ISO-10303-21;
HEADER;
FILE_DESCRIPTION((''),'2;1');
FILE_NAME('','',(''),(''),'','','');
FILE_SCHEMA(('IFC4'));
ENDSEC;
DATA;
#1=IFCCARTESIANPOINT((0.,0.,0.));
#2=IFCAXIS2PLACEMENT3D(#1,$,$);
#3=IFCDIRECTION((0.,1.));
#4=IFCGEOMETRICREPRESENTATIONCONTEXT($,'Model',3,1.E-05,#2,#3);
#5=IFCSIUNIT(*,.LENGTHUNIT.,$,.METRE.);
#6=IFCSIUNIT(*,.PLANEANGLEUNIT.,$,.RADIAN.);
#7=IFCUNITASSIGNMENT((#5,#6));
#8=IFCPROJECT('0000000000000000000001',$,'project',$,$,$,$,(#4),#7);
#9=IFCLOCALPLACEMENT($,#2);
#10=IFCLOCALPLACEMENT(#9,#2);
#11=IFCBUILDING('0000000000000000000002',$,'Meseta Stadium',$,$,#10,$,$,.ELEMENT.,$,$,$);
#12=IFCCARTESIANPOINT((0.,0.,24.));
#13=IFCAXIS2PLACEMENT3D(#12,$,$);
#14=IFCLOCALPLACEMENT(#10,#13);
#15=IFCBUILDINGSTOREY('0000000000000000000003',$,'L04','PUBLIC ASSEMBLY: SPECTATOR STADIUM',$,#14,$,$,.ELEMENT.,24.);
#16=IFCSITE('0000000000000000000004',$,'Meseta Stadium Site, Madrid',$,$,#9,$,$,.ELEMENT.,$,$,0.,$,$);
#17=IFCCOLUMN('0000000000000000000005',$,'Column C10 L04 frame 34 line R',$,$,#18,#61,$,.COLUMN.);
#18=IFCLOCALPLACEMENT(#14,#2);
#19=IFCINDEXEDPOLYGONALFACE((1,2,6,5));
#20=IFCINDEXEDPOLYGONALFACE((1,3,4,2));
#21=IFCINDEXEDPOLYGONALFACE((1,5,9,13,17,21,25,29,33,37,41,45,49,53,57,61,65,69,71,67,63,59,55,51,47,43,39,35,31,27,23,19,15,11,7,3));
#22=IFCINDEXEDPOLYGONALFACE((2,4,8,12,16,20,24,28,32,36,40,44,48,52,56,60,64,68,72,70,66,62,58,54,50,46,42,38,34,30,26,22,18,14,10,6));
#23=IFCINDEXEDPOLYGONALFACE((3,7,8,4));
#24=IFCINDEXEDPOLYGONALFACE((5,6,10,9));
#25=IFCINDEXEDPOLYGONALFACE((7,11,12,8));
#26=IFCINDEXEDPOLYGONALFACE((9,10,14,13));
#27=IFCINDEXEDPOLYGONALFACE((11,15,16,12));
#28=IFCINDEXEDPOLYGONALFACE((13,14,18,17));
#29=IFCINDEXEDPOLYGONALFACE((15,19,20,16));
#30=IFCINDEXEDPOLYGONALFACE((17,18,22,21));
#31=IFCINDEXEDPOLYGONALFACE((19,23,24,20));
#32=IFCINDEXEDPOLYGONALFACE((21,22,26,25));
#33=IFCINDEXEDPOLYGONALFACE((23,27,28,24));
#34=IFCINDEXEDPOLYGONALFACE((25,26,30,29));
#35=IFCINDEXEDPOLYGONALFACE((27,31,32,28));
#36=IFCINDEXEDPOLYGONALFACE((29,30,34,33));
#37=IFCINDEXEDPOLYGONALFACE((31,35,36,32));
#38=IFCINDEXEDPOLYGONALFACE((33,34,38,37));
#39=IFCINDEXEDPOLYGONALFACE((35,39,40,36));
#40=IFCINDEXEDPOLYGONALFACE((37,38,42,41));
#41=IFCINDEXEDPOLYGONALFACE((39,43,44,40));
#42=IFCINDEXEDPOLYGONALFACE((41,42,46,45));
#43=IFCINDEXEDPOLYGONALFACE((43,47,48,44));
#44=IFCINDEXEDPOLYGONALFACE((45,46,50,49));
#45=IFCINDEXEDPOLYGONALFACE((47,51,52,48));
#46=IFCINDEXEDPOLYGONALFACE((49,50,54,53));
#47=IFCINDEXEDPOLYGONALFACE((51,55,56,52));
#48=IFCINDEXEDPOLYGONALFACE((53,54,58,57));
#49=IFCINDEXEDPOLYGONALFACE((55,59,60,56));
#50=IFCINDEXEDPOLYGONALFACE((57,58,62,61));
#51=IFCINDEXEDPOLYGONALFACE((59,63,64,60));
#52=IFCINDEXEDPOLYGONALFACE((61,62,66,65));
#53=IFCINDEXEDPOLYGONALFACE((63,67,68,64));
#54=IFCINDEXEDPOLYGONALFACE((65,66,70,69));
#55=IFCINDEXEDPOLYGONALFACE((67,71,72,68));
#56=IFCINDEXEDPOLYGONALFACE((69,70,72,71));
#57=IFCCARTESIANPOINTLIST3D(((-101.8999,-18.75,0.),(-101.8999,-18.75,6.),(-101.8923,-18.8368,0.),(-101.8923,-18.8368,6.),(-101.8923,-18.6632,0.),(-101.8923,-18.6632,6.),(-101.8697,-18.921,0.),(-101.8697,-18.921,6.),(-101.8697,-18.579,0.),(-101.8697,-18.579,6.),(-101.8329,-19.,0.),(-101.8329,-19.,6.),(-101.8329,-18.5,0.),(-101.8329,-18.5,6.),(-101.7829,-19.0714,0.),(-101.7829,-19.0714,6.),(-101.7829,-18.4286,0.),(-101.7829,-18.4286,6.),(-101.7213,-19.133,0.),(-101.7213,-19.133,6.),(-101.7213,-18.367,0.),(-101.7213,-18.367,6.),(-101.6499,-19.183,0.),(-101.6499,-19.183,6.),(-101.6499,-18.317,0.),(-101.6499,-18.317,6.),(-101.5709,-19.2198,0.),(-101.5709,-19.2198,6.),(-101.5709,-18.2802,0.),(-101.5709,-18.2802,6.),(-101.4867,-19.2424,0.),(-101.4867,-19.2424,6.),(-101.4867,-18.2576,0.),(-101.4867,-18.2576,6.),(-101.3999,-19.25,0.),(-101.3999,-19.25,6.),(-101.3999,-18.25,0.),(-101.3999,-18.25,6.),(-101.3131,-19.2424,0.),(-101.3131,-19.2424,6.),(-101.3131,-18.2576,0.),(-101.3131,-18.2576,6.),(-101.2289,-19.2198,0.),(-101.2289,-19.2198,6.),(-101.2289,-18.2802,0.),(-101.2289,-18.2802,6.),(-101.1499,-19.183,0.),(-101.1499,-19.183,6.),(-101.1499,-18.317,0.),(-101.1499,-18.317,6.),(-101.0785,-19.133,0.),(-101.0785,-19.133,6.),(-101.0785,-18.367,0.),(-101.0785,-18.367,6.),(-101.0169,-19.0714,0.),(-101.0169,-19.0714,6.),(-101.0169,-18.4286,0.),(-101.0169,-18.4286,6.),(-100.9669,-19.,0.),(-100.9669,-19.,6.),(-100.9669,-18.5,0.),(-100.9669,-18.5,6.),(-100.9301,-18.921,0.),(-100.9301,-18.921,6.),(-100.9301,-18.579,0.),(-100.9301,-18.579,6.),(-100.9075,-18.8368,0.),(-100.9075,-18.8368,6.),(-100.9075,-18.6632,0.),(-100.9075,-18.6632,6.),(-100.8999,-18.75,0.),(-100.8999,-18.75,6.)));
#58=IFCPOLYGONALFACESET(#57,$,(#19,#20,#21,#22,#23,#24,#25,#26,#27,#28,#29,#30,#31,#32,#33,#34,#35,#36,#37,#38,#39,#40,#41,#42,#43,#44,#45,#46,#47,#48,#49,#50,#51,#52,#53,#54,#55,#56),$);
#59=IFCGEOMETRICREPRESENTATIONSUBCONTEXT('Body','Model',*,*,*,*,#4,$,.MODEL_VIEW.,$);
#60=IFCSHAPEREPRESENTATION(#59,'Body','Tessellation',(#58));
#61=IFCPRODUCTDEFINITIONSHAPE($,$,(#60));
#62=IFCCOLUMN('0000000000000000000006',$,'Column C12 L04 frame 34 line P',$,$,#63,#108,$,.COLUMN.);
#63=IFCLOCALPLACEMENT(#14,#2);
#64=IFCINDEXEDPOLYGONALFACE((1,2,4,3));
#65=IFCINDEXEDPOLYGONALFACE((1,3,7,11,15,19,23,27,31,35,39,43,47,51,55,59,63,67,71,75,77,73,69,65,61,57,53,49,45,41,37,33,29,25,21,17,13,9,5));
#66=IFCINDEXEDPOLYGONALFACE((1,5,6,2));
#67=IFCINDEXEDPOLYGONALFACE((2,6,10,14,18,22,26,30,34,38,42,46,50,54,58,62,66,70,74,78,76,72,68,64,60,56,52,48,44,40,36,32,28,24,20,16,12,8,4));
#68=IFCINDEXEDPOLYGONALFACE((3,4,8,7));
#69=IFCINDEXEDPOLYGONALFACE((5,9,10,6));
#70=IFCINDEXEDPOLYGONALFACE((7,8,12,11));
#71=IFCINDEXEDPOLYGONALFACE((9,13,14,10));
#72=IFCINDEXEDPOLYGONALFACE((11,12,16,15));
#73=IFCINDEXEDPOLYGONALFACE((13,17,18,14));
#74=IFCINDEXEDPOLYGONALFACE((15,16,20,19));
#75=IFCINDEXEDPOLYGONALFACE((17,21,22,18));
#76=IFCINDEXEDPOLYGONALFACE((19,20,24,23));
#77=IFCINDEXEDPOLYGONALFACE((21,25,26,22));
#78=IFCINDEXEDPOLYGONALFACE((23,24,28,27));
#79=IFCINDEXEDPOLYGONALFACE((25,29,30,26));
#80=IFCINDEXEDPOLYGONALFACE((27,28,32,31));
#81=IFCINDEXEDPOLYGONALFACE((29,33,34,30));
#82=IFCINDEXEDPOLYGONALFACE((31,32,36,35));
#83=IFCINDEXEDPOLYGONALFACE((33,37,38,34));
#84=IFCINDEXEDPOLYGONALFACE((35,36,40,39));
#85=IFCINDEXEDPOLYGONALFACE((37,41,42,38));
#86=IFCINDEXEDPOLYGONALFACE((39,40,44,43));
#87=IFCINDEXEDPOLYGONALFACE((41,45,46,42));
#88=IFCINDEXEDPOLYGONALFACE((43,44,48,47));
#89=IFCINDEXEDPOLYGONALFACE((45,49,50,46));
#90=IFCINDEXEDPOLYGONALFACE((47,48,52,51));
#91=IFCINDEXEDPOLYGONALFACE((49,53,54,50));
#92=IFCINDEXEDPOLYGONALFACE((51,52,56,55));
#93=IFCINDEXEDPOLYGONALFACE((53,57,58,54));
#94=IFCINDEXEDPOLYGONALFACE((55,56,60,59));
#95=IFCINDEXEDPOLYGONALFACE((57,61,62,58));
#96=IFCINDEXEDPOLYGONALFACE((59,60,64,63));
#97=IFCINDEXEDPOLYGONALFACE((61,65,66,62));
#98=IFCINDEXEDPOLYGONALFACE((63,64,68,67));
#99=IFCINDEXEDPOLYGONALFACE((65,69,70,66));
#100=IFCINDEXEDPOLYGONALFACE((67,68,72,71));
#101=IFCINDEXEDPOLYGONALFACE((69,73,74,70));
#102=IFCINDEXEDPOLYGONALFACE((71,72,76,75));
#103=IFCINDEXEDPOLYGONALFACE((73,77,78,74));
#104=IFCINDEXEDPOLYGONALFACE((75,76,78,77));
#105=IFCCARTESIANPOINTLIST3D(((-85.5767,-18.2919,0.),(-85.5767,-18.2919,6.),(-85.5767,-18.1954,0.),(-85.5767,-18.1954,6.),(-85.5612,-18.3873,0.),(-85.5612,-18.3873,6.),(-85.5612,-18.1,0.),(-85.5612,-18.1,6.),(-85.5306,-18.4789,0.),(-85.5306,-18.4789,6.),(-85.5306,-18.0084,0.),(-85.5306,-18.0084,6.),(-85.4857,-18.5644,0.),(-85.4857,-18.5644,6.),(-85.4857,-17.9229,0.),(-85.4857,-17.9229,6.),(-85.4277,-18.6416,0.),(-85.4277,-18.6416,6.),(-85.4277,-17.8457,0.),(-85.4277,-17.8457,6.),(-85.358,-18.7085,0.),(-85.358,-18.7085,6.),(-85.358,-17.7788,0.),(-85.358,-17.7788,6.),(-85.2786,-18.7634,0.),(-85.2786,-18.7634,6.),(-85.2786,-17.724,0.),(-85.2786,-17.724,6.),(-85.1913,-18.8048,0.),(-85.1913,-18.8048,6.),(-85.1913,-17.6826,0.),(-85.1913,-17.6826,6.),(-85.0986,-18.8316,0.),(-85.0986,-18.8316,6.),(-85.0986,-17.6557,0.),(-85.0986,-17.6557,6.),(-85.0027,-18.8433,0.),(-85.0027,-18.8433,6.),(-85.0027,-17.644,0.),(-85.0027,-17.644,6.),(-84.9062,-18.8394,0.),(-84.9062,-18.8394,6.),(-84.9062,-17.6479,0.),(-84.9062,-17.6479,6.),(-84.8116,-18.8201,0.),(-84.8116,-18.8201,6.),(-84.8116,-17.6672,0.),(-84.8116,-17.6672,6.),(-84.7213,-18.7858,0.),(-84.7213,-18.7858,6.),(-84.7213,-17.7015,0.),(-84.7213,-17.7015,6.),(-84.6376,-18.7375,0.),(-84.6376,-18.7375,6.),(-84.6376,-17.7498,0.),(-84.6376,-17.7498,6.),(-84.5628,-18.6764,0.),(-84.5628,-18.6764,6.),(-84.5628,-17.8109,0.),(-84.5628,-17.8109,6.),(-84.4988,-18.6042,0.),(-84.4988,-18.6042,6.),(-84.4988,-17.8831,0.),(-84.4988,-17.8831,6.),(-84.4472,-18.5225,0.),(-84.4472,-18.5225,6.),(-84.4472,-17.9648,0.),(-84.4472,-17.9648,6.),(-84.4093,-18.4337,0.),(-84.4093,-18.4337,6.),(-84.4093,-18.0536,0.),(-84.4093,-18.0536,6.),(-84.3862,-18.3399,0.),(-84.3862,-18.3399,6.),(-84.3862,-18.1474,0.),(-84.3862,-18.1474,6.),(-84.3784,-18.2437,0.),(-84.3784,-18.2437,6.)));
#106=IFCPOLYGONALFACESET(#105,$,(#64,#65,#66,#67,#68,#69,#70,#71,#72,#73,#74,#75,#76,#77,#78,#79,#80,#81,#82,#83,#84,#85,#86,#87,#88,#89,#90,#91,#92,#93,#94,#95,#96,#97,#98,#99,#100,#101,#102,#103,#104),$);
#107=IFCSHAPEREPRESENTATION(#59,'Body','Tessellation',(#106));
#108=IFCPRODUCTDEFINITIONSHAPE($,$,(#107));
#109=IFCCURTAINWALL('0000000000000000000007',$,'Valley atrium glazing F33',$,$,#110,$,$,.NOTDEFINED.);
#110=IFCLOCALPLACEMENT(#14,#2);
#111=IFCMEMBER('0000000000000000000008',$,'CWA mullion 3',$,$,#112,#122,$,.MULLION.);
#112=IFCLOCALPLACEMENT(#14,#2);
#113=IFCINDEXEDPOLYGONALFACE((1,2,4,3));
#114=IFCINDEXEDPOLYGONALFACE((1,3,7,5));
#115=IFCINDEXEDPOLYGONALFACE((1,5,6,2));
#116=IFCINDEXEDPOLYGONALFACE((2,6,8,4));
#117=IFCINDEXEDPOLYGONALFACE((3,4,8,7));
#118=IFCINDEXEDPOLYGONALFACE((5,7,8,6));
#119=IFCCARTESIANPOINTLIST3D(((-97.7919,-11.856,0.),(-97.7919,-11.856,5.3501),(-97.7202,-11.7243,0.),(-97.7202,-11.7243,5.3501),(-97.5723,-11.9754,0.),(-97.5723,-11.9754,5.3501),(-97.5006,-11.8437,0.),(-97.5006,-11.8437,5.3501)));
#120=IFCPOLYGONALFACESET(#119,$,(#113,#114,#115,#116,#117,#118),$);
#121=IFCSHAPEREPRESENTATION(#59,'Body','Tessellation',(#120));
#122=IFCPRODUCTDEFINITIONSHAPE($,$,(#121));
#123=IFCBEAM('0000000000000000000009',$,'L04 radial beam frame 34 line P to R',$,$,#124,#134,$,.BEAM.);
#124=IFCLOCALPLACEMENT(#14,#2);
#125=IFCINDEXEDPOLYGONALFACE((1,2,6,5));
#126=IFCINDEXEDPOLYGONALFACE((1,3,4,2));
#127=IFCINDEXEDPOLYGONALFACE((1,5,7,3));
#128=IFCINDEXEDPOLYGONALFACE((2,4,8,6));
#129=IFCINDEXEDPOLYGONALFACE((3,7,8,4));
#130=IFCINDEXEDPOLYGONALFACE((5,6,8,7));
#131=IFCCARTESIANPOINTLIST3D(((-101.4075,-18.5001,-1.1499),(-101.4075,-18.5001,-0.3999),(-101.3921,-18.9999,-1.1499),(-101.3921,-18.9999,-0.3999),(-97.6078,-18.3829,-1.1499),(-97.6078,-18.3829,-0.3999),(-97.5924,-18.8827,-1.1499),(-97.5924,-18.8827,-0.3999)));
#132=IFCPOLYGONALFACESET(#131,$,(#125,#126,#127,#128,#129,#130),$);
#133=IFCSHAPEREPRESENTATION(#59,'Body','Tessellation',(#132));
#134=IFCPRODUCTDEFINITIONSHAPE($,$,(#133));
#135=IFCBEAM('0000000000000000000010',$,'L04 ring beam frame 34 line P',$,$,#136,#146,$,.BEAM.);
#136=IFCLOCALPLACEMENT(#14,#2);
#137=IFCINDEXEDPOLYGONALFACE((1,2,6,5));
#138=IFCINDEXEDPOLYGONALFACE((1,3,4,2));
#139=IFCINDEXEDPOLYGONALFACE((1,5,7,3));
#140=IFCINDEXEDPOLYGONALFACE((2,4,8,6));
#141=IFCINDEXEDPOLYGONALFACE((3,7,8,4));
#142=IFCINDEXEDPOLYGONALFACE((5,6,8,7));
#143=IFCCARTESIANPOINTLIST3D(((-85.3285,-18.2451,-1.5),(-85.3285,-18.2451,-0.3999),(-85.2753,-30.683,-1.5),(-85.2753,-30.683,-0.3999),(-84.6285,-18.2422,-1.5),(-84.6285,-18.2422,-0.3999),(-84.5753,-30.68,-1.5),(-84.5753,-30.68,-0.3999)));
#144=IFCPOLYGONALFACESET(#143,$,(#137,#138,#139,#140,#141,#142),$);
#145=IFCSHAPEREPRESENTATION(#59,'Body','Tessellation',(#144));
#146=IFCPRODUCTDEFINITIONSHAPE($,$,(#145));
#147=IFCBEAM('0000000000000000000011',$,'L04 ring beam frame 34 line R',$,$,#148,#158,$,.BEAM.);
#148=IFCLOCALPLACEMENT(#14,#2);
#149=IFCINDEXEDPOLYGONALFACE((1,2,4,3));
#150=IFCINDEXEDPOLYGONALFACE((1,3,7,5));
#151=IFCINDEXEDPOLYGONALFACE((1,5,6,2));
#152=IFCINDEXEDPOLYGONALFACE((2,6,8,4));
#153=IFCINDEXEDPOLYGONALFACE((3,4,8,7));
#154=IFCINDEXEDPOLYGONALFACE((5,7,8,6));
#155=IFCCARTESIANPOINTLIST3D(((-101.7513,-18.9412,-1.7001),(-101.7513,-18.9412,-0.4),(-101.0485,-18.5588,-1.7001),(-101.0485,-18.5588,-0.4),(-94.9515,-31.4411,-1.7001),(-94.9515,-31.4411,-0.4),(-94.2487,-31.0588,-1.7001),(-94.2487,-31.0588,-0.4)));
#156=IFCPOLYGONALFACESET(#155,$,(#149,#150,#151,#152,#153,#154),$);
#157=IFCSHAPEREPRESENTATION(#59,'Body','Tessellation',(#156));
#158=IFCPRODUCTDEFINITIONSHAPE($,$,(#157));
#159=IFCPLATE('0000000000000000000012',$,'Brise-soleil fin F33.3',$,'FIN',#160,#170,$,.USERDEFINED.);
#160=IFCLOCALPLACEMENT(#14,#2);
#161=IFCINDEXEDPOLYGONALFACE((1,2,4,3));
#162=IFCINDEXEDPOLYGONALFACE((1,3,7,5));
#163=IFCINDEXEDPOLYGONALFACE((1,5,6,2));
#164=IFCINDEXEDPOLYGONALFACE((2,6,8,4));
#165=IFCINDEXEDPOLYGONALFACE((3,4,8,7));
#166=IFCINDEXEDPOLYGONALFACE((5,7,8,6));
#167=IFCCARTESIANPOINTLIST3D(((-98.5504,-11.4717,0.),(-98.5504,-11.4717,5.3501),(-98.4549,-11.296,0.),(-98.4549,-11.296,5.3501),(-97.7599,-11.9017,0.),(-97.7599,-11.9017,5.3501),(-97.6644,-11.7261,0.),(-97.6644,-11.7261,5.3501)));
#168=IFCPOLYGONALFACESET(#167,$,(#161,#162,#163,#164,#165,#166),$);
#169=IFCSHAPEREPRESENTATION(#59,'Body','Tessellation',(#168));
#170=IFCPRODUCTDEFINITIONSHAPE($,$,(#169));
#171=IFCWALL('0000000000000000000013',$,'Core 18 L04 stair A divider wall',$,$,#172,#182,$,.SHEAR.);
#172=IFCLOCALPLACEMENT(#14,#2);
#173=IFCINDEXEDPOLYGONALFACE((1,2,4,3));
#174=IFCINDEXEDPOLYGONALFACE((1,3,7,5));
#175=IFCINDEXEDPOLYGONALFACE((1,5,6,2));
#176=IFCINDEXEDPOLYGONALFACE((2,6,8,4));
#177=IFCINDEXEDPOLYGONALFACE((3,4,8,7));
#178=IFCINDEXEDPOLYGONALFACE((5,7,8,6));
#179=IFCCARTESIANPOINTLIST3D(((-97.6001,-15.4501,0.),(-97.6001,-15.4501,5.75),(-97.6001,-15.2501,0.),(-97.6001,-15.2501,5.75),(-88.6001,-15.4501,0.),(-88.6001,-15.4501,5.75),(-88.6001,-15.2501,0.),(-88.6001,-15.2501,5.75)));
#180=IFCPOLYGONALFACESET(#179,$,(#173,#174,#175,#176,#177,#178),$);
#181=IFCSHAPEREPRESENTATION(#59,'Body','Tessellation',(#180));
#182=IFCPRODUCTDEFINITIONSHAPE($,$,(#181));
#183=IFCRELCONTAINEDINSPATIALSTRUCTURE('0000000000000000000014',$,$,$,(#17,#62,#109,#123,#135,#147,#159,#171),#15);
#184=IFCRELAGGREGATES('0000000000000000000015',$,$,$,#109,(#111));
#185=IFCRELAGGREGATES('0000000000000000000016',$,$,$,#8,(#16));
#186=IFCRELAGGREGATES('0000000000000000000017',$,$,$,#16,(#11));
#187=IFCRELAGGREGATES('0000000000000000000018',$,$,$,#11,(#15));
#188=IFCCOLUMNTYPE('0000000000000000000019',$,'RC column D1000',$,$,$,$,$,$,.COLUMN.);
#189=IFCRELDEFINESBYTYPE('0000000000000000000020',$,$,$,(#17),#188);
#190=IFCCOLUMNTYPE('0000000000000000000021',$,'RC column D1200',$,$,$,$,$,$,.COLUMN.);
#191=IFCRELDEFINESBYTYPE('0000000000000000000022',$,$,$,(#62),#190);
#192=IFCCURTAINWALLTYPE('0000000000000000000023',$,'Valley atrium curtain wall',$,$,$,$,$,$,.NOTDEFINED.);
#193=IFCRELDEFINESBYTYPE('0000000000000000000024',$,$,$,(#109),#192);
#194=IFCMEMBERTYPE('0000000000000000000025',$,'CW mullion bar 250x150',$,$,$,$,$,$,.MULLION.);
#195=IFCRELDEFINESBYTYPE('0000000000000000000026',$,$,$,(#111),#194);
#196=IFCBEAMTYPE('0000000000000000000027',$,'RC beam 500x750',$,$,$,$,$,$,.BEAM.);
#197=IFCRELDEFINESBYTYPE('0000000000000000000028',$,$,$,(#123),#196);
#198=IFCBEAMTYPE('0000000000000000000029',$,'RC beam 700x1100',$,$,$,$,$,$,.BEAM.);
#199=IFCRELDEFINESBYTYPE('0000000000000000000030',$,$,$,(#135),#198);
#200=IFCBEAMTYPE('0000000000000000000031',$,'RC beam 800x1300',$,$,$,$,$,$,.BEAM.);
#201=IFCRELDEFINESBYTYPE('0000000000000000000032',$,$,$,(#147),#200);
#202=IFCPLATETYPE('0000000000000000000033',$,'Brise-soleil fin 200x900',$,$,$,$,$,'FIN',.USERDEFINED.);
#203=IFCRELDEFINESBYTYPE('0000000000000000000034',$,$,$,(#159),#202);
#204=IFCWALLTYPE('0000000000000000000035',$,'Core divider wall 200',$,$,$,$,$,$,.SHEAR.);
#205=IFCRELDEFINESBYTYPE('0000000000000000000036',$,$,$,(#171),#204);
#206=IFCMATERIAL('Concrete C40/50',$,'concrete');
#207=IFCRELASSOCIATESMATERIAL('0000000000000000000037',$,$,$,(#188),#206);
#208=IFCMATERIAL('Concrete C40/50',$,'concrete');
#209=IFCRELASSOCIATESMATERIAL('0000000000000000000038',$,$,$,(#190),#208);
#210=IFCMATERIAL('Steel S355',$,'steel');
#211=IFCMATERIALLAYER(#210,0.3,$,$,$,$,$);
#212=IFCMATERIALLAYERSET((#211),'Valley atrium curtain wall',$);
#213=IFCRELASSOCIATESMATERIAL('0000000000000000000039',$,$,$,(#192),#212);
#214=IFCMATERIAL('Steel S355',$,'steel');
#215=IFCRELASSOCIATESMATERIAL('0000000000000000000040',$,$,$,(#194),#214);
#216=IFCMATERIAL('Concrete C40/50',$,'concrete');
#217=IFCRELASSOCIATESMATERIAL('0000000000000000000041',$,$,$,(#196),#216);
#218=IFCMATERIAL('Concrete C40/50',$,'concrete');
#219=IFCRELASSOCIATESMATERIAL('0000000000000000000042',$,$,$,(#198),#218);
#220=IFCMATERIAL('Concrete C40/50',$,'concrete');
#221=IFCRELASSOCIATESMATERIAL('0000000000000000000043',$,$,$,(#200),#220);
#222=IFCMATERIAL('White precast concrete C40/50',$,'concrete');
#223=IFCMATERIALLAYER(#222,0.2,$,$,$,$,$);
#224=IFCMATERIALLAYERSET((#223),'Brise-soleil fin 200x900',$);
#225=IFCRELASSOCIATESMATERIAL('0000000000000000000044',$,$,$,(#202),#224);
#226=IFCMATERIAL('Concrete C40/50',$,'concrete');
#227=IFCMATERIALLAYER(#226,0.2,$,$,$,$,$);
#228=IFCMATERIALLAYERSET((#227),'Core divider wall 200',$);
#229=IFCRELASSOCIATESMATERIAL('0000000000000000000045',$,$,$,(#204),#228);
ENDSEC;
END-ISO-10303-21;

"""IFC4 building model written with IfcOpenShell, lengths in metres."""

from ifc_helpers import new_model, si_unit, direction, frame, frame_2d, origin, origin_2d, place, context, subcontext, project, spatial, rectangle, circle, extrude, material, layer, layer_set, material_profile, profile_set, type_object, element, aggregate, save


model = new_model("IFC4")

# Units and contexts
model_context = context("Model", 3, precision=1e-05, world=origin(), true_north=direction((0.0, 1.0)))
body_context = subcontext(model_context, "Body", "Model", "MODEL_VIEW")
ifc_project = project(units=[si_unit("LENGTHUNIT", "METRE"), si_unit("PLANEANGLEUNIT", "RADIAN")], contexts=[model_context])

# Site, building, storey
site_placement = place(None, origin())
site = spatial("IfcSite", under=ifc_project, at=site_placement, Name="Meseta Stadium Site, Madrid", CompositionType="ELEMENT", RefElevation=0.0)
building_placement = place(site_placement, origin())
building = spatial("IfcBuilding", under=site, at=building_placement, Name="Meseta Stadium", CompositionType="ELEMENT")
storey_placement = place(building_placement, frame((0.0, 0.0, 24.0)))
storey = spatial("IfcBuildingStorey", under=building, at=storey_placement, Name="L04", Description="PUBLIC ASSEMBLY: SPECTATOR STADIUM", CompositionType="ELEMENT", Elevation=24.0)

# Columns
ifc_material_1 = material(Name="Concrete C40/50", Category="concrete")
ifc_material_profile_1 = material_profile(ifc_material_1, circle(Radius=0.5, at=origin_2d()), Name="RC D1000")
ifc_profile_set_1 = profile_set([ifc_material_profile_1], Name="Concrete C40/50")
column_type_1 = type_object("IfcColumnType", Name="RC column D1000", PredefinedType="COLUMN", material=ifc_profile_set_1)
column_1_placement = place(storey_placement, frame((-101.3999, -18.75, 0.0), z_axis=(0.0, 0.0, 1.0), x_axis=(1.0, 0.0, 0.0)))
element("IfcColumn", 1, at=column_1_placement, inside=storey, type_object=column_type_1, Name="Column C10 L04 frame 34 line R", PredefinedType="COLUMN", context=body_context, shape_type="SweptSolid", body=[
    extrude(circle(Radius=0.5, at=origin_2d()), origin(), (0.0, 0.0, 1.0), 6.0),
])
ifc_material_2 = material(Name="Concrete C40/50", Category="concrete")
ifc_material_profile_2 = material_profile(ifc_material_2, circle(Radius=0.6001, at=origin_2d()), Name="RC D1200")
ifc_profile_set_2 = profile_set([ifc_material_profile_2], Name="Concrete C40/50")
column_type_2 = type_object("IfcColumnType", Name="RC column D1200", PredefinedType="COLUMN", material=ifc_profile_set_2)
column_2_placement = place(storey_placement, frame((-84.9785, -18.2437, 0.0), z_axis=(0.0, 0.0, 1.0), x_axis=(1.0, 0.0, 0.0)))
element("IfcColumn", 2, at=column_2_placement, inside=storey, type_object=column_type_2, Name="Column C12 L04 frame 34 line P", PredefinedType="COLUMN", context=body_context, shape_type="SweptSolid", body=[
    extrude(circle(Radius=0.6001, at=origin_2d()), origin(), (0.0, 0.0, 1.0), 6.0),
])

# Curtain wall, member
ifc_material_3 = material(Name="Steel S355", Category="steel")
ifc_layer_1 = layer(ifc_material_3, 0.3)
ifc_layer_set_1 = layer_set([ifc_layer_1], Name="Valley atrium curtain wall")
curtain_wall_type = type_object("IfcCurtainWallType", Name="Valley atrium curtain wall", PredefinedType="NOTDEFINED", material=ifc_layer_set_1)
curtain_wall_placement = place(storey_placement, origin())
curtain_wall = element("IfcCurtainWall", 3, at=curtain_wall_placement, inside=storey, type_object=curtain_wall_type, Name="Valley atrium glazing F33", PredefinedType="NOTDEFINED")
ifc_material_4 = material(Name="Steel S355", Category="steel")
ifc_material_profile_3 = material_profile(ifc_material_4, rectangle(XDim=0.25, YDim=0.1499, at=origin_2d()), Name="CW 250x150")
ifc_profile_set_3 = profile_set([ifc_material_profile_3], Name="Steel S355")
member_type = type_object("IfcMemberType", Name="CW mullion bar 250x150", PredefinedType="MULLION", material=ifc_profile_set_3)
member_placement = place(storey_placement, frame((-97.6462, -11.8499, 0.0), z_axis=(0.0, 0.0, 1.0), x_axis=(0.878432, -0.477867, 0.0)))
member = element("IfcMember", 4, at=member_placement, type_object=member_type, Name="CWA mullion 3", PredefinedType="MULLION", context=body_context, shape_type="SweptSolid", body=[
    extrude(rectangle(XDim=0.25, YDim=0.1499, at=origin_2d()), origin(), (0.0, 0.0, 1.0), 5.3501),
])
aggregate(curtain_wall, [member])

# Beams
ifc_material_5 = material(Name="Concrete C40/50", Category="concrete")
ifc_material_profile_4 = material_profile(ifc_material_5, rectangle(XDim=0.5, YDim=0.75, at=origin_2d()), Name="RC 500x750")
ifc_profile_set_4 = profile_set([ifc_material_profile_4], Name="Concrete C40/50")
beam_type_1 = type_object("IfcBeamType", Name="RC beam 500x750", PredefinedType="BEAM", material=ifc_profile_set_4)
beam_1_placement = place(storey_placement, frame((-97.6001, -18.6328, -0.7749), z_axis=(-0.999525, -0.030826, 0.0), x_axis=(0.030826, -0.999525, 0.0)))
element("IfcBeam", 5, at=beam_1_placement, inside=storey, type_object=beam_type_1, Name="L04 radial beam frame 34 line P to R", PredefinedType="BEAM", context=body_context, shape_type="SweptSolid", body=[
    extrude(rectangle(XDim=0.5, YDim=0.75, at=origin_2d()), origin(), (0.0, 0.0, 1.0), 3.8015),
])
ifc_material_6 = material(Name="Concrete C40/50", Category="concrete")
ifc_material_profile_5 = material_profile(ifc_material_6, rectangle(XDim=0.7, YDim=1.1001, at=origin_2d()), Name="RC 700x1100")
ifc_profile_set_5 = profile_set([ifc_material_profile_5], Name="Concrete C40/50")
beam_type_2 = type_object("IfcBeamType", Name="RC beam 700x1100", PredefinedType="BEAM", material=ifc_profile_set_5)
beam_2_placement = place(storey_placement, frame((-84.9785, -18.2437, -0.95), z_axis=(0.004279, -0.999991, 0.0), x_axis=(0.999991, 0.004279, 0.0)))
element("IfcBeam", 6, at=beam_2_placement, inside=storey, type_object=beam_type_2, Name="L04 ring beam frame 34 line P", PredefinedType="BEAM", context=body_context, shape_type="SweptSolid", body=[
    extrude(rectangle(XDim=0.7, YDim=1.1001, at=origin_2d()), origin(), (0.0, 0.0, 1.0), 12.438),
])
ifc_material_7 = material(Name="Concrete C40/50", Category="concrete")
ifc_material_profile_6 = material_profile(ifc_material_7, rectangle(XDim=0.8, YDim=1.3, at=origin_2d()), Name="RC 800x1300")
ifc_profile_set_6 = profile_set([ifc_material_profile_6], Name="Concrete C40/50")
beam_type_3 = type_object("IfcBeamType", Name="RC beam 800x1300", PredefinedType="BEAM", material=ifc_profile_set_6)
beam_3_placement = place(storey_placement, frame((-101.3999, -18.75, -1.05), z_axis=(0.477856, -0.878438, 0.0), x_axis=(0.878438, 0.477856, 0.0)))
element("IfcBeam", 7, at=beam_3_placement, inside=storey, type_object=beam_type_3, Name="L04 ring beam frame 34 line R", PredefinedType="BEAM", context=body_context, shape_type="SweptSolid", body=[
    extrude(rectangle(XDim=0.8, YDim=1.3, at=origin_2d()), origin(), (0.0, 0.0, 1.0), 14.2297),
])

# Plate
ifc_material_8 = material(Name="White precast concrete C40/50", Category="concrete")
ifc_layer_2 = layer(ifc_material_8, 0.2)
ifc_layer_set_2 = layer_set([ifc_layer_2], Name="Brise-soleil fin 200x900")
plate_type = type_object("IfcPlateType", Name="Brise-soleil fin 200x900", ElementType="FIN", PredefinedType="USERDEFINED", material=ifc_layer_set_2)
plate_placement = place(storey_placement, frame((-98.1074, -11.5989, 0.0), z_axis=(0.0, 0.0, 1.0), x_axis=(-0.477867, -0.878432, 0.0)))
element("IfcPlate", 8, at=plate_placement, inside=storey, type_object=plate_type, Name="Brise-soleil fin F33.3", ObjectType="FIN", PredefinedType="USERDEFINED", context=body_context, shape_type="SweptSolid", body=[
    extrude(rectangle(XDim=0.2, YDim=0.8999, at=origin_2d()), origin(), (0.0, 0.0, 1.0), 5.3501),
])

# Wall
ifc_material_9 = material(Name="Concrete C40/50", Category="concrete")
ifc_layer_3 = layer(ifc_material_9, 0.2)
ifc_layer_set_3 = layer_set([ifc_layer_3], Name="Core divider wall 200")
wall_type_1 = type_object("IfcWallType", Name="Core divider wall 200", PredefinedType="SHEAR", material=ifc_layer_set_3)
for number, where, z_axis, x_axis, name in (
    (9, (-97.6001, -15.3501, 0.0), (0.0, 0.0, 1.0), (1.0, 0.0, 0.0), "Core 18 L04 stair A divider wall"),
):
    element("IfcWall", number, at=place(storey_placement, frame(where, z_axis=z_axis, x_axis=x_axis)), inside=storey, type_object=wall_type_1, Name=name, PredefinedType="SHEAR", context=body_context, shape_type="SweptSolid", body=[
        extrude(rectangle(XDim=9.0, YDim=0.2, at=frame_2d((4.5, 0.0))), origin(), (0.0, 0.0, 1.0), 5.75),
    ])

save(model, "model.ifc")
